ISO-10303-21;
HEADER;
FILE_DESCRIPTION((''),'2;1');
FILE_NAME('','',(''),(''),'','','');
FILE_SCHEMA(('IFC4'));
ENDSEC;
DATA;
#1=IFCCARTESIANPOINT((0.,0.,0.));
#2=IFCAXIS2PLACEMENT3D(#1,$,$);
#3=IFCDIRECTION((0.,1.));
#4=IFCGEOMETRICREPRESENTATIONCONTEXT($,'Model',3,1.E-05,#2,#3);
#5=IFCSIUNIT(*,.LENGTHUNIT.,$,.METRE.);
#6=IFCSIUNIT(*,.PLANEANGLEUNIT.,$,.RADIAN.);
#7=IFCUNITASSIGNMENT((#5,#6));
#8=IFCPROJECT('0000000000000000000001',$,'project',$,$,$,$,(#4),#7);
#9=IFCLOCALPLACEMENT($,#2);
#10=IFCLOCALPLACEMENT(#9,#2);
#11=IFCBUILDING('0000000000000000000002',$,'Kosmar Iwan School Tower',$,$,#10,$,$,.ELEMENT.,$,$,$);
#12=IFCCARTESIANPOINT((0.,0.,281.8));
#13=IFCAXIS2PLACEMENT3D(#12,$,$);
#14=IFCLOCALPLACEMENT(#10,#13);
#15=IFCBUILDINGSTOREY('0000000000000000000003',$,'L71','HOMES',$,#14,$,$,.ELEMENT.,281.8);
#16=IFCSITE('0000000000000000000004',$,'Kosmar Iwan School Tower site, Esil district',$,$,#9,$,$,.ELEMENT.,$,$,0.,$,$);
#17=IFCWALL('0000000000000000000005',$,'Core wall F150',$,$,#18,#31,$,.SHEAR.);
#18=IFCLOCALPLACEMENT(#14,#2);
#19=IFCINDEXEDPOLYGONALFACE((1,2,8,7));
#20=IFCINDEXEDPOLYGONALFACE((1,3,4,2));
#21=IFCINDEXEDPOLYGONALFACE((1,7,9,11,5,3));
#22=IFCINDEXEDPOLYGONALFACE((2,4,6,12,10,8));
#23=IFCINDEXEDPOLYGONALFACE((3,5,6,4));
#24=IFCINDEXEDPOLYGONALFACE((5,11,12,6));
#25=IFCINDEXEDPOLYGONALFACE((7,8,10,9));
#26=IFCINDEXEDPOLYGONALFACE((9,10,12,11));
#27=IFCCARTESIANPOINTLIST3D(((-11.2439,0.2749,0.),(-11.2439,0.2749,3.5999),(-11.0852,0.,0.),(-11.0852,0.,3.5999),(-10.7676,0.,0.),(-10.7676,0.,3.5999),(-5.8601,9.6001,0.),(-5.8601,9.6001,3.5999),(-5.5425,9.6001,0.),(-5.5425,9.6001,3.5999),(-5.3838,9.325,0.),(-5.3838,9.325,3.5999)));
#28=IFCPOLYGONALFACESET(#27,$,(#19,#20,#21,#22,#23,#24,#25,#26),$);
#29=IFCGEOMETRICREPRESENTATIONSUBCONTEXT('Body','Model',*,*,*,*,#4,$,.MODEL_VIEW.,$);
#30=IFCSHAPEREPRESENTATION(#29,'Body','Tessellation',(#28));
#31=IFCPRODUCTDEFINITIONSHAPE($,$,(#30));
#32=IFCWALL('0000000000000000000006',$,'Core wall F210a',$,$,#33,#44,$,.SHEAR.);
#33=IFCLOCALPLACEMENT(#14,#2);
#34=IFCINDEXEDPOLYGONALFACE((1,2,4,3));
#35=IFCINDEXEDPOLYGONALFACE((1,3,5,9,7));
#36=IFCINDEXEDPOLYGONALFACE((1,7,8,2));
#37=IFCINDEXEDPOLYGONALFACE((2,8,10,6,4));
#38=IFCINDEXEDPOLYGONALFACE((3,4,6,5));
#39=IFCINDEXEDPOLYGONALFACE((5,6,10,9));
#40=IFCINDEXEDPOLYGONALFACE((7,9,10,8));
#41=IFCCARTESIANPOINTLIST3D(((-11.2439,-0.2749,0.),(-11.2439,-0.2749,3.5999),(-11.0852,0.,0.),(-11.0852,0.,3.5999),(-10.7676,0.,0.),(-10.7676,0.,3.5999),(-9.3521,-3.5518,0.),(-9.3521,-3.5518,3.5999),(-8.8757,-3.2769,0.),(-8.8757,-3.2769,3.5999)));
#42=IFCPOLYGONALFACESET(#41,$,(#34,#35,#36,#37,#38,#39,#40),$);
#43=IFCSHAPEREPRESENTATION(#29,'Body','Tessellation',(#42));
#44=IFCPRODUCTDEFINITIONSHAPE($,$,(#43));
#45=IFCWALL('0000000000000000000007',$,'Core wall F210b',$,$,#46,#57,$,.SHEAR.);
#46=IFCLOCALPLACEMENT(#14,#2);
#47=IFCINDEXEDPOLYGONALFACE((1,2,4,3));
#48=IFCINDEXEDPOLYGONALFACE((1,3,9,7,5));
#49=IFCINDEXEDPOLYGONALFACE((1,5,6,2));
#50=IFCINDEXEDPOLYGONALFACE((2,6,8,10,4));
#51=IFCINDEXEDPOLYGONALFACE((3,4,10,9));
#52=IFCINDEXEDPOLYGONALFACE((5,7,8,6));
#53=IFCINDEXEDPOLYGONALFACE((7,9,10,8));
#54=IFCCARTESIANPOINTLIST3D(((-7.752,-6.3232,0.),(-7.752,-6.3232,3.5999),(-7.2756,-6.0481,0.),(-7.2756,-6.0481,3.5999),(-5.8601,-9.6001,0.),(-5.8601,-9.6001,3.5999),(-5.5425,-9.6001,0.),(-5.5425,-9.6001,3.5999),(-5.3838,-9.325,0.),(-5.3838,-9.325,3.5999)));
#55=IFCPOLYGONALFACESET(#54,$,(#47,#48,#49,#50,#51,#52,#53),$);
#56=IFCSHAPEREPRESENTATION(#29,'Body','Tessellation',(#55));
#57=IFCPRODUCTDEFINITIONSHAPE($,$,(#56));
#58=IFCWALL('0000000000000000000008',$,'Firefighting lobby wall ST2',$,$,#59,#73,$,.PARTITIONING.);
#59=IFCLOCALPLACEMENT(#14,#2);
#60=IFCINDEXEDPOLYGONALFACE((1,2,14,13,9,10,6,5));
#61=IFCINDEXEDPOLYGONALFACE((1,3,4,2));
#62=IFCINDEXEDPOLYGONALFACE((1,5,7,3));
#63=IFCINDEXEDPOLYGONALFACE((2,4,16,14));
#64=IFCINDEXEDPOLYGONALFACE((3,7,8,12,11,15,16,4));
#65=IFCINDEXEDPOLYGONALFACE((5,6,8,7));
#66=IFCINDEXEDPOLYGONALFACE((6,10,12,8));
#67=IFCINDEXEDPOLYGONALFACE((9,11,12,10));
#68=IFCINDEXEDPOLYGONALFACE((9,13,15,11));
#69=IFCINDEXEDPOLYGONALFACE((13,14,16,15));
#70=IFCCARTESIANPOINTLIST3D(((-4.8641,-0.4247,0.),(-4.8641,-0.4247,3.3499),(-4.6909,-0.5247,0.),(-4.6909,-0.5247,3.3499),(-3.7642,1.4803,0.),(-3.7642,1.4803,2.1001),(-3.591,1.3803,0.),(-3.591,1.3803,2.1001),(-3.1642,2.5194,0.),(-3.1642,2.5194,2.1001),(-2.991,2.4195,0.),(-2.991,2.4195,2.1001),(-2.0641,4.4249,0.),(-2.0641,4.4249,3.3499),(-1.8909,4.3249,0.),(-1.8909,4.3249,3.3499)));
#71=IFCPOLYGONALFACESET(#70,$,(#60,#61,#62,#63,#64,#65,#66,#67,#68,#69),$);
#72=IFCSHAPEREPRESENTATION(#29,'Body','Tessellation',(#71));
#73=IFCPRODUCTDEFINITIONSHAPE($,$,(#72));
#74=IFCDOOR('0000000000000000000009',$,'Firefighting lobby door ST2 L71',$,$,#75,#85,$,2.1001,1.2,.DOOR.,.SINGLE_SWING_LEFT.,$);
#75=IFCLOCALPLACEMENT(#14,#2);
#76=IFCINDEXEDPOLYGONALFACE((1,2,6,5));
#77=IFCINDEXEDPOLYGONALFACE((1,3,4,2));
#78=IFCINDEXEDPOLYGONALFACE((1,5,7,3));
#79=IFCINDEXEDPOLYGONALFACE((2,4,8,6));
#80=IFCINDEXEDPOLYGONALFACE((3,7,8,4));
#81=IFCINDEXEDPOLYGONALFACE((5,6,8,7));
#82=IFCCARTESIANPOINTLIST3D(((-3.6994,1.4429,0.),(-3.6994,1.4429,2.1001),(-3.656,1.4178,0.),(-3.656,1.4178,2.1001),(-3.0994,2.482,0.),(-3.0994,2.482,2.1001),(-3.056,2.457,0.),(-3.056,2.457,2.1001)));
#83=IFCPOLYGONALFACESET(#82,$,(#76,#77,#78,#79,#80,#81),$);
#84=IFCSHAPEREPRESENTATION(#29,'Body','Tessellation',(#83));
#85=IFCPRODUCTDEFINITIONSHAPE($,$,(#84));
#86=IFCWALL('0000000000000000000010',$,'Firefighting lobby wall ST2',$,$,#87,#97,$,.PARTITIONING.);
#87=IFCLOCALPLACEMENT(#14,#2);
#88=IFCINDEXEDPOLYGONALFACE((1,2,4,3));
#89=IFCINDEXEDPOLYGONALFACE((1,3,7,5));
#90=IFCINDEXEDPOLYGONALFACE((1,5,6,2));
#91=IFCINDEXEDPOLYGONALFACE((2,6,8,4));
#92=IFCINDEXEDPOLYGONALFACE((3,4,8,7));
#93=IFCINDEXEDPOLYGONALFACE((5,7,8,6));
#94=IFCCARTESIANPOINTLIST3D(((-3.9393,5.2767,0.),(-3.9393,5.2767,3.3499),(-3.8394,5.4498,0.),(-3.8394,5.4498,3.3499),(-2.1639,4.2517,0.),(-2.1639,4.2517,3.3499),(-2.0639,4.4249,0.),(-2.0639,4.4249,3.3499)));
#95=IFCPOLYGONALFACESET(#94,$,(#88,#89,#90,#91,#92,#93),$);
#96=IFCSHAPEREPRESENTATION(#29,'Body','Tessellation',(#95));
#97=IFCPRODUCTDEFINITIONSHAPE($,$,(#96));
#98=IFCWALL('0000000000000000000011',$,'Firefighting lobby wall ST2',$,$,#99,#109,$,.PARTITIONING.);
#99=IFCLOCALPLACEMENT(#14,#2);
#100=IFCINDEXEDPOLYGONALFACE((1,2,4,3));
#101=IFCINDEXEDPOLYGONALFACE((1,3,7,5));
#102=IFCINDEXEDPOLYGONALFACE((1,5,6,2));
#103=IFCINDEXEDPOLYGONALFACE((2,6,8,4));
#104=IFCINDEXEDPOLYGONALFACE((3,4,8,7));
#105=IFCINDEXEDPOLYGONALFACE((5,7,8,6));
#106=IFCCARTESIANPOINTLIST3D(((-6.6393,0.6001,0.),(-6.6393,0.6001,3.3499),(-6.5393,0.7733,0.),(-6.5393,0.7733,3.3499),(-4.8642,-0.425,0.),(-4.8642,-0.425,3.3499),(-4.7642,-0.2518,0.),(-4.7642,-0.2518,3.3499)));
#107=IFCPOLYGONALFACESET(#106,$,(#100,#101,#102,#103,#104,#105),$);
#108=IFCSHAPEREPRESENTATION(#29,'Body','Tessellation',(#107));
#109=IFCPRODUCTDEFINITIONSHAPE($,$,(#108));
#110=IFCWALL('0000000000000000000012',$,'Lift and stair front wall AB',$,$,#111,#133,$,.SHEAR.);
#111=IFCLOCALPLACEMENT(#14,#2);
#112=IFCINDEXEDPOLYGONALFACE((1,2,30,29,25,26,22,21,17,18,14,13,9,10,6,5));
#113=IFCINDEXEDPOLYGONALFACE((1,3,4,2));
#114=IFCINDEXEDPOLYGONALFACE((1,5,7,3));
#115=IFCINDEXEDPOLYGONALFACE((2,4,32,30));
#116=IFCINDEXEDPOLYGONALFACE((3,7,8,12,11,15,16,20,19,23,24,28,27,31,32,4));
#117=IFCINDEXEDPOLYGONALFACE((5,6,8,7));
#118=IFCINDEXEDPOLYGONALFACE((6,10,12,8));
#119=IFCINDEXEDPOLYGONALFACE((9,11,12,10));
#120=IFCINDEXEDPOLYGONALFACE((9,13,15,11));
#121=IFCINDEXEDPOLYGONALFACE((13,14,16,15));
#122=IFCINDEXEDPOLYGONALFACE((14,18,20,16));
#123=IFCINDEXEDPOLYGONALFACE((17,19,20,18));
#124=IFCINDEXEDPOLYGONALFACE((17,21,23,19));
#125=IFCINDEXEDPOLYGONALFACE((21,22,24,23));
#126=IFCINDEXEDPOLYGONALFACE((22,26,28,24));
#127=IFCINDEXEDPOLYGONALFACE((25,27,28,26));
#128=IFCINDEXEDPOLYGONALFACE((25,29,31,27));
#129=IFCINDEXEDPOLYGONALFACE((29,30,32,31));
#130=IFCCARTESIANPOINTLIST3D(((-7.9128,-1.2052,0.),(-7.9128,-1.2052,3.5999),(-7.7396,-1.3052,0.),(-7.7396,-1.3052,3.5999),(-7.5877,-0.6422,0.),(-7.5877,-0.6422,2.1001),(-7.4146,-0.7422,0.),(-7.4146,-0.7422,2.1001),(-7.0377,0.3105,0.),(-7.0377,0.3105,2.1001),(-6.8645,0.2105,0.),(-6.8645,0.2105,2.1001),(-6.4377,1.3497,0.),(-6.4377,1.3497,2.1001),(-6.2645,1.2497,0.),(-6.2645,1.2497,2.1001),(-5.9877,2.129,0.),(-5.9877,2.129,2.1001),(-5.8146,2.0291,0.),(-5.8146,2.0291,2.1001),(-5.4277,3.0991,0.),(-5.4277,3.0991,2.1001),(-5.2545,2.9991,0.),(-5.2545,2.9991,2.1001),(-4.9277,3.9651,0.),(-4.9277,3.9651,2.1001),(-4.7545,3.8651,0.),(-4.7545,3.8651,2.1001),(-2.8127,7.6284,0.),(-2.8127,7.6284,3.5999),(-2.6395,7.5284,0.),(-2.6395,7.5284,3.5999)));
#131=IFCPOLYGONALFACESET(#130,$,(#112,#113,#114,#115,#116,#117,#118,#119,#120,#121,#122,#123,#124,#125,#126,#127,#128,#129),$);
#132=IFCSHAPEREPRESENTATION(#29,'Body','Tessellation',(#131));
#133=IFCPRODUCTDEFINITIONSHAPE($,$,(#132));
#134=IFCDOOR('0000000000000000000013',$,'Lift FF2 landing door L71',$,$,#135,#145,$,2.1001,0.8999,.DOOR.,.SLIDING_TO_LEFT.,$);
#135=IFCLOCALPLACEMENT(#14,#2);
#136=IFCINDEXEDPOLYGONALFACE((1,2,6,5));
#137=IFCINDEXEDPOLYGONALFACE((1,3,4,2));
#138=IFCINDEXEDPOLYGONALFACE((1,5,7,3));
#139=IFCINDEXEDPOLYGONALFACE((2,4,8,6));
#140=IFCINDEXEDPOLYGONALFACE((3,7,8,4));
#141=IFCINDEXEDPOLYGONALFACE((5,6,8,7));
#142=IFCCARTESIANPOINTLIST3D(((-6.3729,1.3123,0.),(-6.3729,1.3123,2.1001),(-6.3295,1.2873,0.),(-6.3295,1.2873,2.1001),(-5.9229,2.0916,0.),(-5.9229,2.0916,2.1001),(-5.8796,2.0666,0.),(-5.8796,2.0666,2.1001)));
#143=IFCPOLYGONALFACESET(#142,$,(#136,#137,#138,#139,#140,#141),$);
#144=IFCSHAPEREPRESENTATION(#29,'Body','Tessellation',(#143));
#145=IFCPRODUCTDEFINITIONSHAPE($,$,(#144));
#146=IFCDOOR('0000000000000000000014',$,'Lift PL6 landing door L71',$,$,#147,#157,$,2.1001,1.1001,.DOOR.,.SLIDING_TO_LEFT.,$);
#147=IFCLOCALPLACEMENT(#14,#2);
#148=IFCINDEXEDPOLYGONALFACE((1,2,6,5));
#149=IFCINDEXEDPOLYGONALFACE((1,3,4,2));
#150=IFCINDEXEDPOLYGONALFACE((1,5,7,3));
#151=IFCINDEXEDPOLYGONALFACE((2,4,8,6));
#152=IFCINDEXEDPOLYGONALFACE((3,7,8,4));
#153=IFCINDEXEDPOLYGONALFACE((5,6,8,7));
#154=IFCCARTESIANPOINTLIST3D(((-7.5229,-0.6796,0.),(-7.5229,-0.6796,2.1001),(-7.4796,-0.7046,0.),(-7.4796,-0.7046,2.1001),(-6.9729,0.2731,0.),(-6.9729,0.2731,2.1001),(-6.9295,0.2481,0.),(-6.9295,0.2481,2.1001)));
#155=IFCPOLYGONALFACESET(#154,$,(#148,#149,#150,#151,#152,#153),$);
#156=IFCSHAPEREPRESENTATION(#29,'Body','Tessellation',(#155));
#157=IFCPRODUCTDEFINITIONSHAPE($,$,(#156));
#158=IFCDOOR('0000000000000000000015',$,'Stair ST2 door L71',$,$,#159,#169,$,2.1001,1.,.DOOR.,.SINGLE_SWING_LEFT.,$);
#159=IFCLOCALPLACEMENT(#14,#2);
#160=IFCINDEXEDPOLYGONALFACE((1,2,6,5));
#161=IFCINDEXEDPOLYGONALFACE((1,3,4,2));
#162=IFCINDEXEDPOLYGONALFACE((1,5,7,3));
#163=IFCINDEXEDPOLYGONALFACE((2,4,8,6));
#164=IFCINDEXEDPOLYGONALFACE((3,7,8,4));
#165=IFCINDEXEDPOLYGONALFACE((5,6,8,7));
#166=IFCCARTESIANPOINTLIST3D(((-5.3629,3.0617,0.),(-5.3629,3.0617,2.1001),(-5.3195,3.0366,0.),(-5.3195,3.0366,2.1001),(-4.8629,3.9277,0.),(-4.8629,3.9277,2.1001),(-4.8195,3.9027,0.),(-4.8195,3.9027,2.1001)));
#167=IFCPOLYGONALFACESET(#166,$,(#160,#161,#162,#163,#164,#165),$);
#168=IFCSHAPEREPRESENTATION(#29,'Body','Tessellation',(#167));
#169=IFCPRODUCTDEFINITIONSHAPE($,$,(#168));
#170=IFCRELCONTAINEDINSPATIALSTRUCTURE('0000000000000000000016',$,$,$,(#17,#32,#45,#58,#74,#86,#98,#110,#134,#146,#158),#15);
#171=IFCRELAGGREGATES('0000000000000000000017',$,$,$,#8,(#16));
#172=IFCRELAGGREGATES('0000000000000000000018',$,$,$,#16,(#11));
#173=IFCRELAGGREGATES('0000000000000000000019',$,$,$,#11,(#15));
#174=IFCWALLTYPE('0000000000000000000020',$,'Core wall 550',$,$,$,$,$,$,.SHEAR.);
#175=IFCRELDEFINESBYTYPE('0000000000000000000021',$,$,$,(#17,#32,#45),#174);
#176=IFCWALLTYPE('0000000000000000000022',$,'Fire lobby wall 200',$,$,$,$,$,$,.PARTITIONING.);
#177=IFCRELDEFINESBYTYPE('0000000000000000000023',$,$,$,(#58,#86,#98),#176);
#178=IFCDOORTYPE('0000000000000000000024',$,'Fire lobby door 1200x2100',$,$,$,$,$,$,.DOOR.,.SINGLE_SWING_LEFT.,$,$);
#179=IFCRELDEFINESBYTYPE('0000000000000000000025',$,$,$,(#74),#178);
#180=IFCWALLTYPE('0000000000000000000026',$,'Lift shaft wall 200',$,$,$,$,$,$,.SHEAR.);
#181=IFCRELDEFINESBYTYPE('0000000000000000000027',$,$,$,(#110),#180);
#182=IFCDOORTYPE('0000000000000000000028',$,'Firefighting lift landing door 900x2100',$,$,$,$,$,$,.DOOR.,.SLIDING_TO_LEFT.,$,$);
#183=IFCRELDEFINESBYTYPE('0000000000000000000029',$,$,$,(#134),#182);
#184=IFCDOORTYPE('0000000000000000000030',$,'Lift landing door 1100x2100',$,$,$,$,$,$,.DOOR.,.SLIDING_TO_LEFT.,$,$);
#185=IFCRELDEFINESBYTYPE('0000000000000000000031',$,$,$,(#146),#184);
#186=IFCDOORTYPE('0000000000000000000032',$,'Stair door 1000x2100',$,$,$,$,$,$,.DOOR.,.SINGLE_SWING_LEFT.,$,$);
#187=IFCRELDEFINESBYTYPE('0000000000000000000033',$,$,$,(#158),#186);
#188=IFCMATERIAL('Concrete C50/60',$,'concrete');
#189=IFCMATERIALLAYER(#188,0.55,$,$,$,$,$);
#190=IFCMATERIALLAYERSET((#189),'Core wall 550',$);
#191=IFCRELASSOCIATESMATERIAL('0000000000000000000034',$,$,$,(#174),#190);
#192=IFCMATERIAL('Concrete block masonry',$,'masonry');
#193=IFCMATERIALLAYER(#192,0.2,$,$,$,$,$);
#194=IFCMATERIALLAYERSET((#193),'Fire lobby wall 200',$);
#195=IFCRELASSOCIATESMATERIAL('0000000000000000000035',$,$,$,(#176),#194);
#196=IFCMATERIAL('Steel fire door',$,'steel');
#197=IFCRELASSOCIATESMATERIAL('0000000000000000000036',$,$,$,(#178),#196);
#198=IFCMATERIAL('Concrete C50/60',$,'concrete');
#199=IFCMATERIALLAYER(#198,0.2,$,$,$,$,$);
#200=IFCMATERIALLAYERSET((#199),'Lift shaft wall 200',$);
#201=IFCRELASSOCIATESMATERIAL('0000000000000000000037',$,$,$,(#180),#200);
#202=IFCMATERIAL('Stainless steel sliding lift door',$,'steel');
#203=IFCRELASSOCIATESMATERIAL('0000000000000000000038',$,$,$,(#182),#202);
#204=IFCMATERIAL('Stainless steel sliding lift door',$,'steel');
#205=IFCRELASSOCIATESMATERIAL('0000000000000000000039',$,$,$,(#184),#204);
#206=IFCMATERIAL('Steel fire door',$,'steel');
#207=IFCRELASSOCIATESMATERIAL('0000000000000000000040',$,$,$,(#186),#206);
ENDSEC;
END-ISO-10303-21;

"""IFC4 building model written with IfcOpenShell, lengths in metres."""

from ifc_helpers import new_model, si_unit, direction, frame, frame_2d, origin, place, context, subcontext, project, spatial, polyline, rectangle, outline, extrude, material, layer, layer_set, type_object, element, fill, save


model = new_model("IFC4")

# Units and contexts
model_context = context("Model", 3, precision=1e-05, world=origin(), true_north=direction((0.0, 1.0)))
body_context = subcontext(model_context, "Body", "Model", "MODEL_VIEW")
ifc_project = project(units=[si_unit("LENGTHUNIT", "METRE"), si_unit("PLANEANGLEUNIT", "RADIAN")], contexts=[model_context])

# Site, building, storey
site_placement = place(None, origin())
site = spatial("IfcSite", under=ifc_project, at=site_placement, Name="Kosmar Iwan School Tower site, Esil district", CompositionType="ELEMENT", RefElevation=0.0)
building_placement = place(site_placement, origin())
building = spatial("IfcBuilding", under=site, at=building_placement, Name="Kosmar Iwan School Tower", CompositionType="ELEMENT")
storey_placement = place(building_placement, frame((0.0, 0.0, 281.8)))
storey = spatial("IfcBuildingStorey", under=building, at=storey_placement, Name="L71", Description="HOMES", CompositionType="ELEMENT", Elevation=281.8)

# Walls
ifc_material_1 = material(Name="Concrete C50/60", Category="concrete")
ifc_layer_1 = layer(ifc_material_1, 0.55)
ifc_layer_set_1 = layer_set([ifc_layer_1], Name="Core wall 550")
wall_type_1 = type_object("IfcWallType", Name="Core wall 550", PredefinedType="SHEAR", material=ifc_layer_set_1)
wall_1_placement = place(storey_placement, origin())
element("IfcWall", 1, at=wall_1_placement, inside=storey, type_object=wall_type_1, Name="Core wall F150", PredefinedType="SHEAR", context=body_context, shape_type="SweptSolid", body=[
    extrude(outline(polyline([(-11.0852, 0.0), (-10.7676, 0.0), (-5.3838, 9.325), (-5.5425, 9.6001), (-5.8601, 9.6001), (-11.2439, 0.2749), (-11.0852, 0.0)])), origin(), (0.0, 0.0, 1.0), 3.5999),
])
wall_2_placement = place(storey_placement, origin())
element("IfcWall", 2, at=wall_2_placement, inside=storey, type_object=wall_type_1, Name="Core wall F210a", PredefinedType="SHEAR", context=body_context, shape_type="SweptSolid", body=[
    extrude(outline(polyline([(-9.3521, -3.5518), (-8.8757, -3.2769), (-10.7676, 0.0), (-11.0852, 0.0), (-11.2439, -0.2749), (-9.3521, -3.5518)])), origin(), (0.0, 0.0, 1.0), 3.5999),
])
wall_3_placement = place(storey_placement, origin())
element("IfcWall", 3, at=wall_3_placement, inside=storey, type_object=wall_type_1, Name="Core wall F210b", PredefinedType="SHEAR", context=body_context, shape_type="SweptSolid", body=[
    extrude(outline(polyline([(-5.8601, -9.6001), (-5.5425, -9.6001), (-5.3838, -9.325), (-7.2756, -6.0481), (-7.752, -6.3232), (-5.8601, -9.6001)])), origin(), (0.0, 0.0, 1.0), 3.5999),
])

# Wall, opening, door
ifc_material_2 = material(Name="Concrete block masonry", Category="masonry")
ifc_layer_2 = layer(ifc_material_2, 0.2)
ifc_layer_set_2 = layer_set([ifc_layer_2], Name="Fire lobby wall 200")
wall_type_2 = type_object("IfcWallType", Name="Fire lobby wall 200", PredefinedType="PARTITIONING", material=ifc_layer_set_2)
wall_4_placement = place(storey_placement, frame((-1.9775, 4.3748, 0.0), z_axis=(0.0, 0.0, 1.0), x_axis=(-0.500017, -0.866016, 0.0)))
wall_4 = element("IfcWall", 4, at=wall_4_placement, inside=storey, type_object=wall_type_2, Name="Firefighting lobby wall ST2", PredefinedType="PARTITIONING", context=body_context, shape_type="SweptSolid", body=[
    extrude(rectangle(XDim=5.5999, YDim=0.2, at=frame_2d((2.7998, 0.0))), origin(), (0.0, 0.0, 1.0), 3.3499),
])
opening_1_placement = place(wall_4_placement, frame((2.2, 0.0, 0.0)))
opening_1 = element("IfcOpeningElement", 5, at=opening_1_placement, cuts=wall_4, PredefinedType="OPENING", context=body_context, shape_type="SweptSolid", body=[
    extrude(rectangle(XDim=1.2, YDim=2.1001, at=frame_2d((0.6001, 1.05))), frame((0.0, 0.1121, 0.0), z_axis=(0.0, -1.0, 0.0), x_axis=(1.0, 0.0, 0.0)), (0.0, 0.0, 1.0), 0.2239),
])
ifc_material_3 = material(Name="Steel fire door", Category="steel")
door_type_1 = type_object("IfcDoorType", Name="Fire lobby door 1200x2100", OperationType="SINGLE_SWING_LEFT", PredefinedType="DOOR", material=ifc_material_3)
door_1_placement = place(opening_1_placement, origin())
door_1 = element("IfcDoor", 6, at=door_1_placement, inside=storey, type_object=door_type_1, Name="Firefighting lobby door ST2 L71", OperationType="SINGLE_SWING_LEFT", OverallHeight=2.1001, OverallWidth=1.2, PredefinedType="DOOR", context=body_context, shape_type="SweptSolid", body=[
    extrude(rectangle(XDim=1.2, YDim=2.1001, at=frame_2d((0.6001, 1.05))), frame((0.0, 0.0249, 0.0), z_axis=(0.0, -1.0, 0.0), x_axis=(1.0, 0.0, 0.0)), (0.0, 0.0, 1.0), 0.05),
])
fill(opening_1, door_1)

# Walls
wall_5_placement = place(storey_placement, frame((-2.114, 4.3384, 0.0), z_axis=(0.0, 0.0, 1.0), x_axis=(-0.866051, 0.499956, 0.0)))
element("IfcWall", 7, at=wall_5_placement, inside=storey, type_object=wall_type_2, Name="Firefighting lobby wall ST2", PredefinedType="PARTITIONING", context=body_context, shape_type="SweptSolid", body=[
    extrude(rectangle(XDim=2.05, YDim=0.2, at=frame_2d((1.0249, 0.0))), origin(), (0.0, 0.0, 1.0), 3.3499),
])
wall_6_placement = place(storey_placement, frame((-4.8142, -0.3384, 0.0), z_axis=(0.0, 0.0, 1.0), x_axis=(-0.865969, 0.500097, 0.0)))
element("IfcWall", 8, at=wall_6_placement, inside=storey, type_object=wall_type_2, Name="Firefighting lobby wall ST2", PredefinedType="PARTITIONING", context=body_context, shape_type="SweptSolid", body=[
    extrude(rectangle(XDim=2.0498, YDim=0.2, at=frame_2d((1.0249, 0.0))), origin(), (0.0, 0.0, 1.0), 3.3499),
])

# Wall, openings, doors
ifc_material_4 = material(Name="Concrete C50/60", Category="concrete")
ifc_layer_3 = layer(ifc_material_4, 0.2)
ifc_layer_set_3 = layer_set([ifc_layer_3], Name="Lift shaft wall 200")
wall_type_3 = type_object("IfcWallType", Name="Lift shaft wall 200", PredefinedType="SHEAR", material=ifc_layer_set_3)
wall_7_placement = place(storey_placement, frame((-2.7261, 7.5784, 0.0), z_axis=(0.0, 0.0, 1.0), x_axis=(-0.500006, -0.866022, 0.0)))
wall_7 = element("IfcWall", 9, at=wall_7_placement, inside=storey, type_object=wall_type_3, Name="Lift and stair front wall AB", PredefinedType="SHEAR", context=body_context, shape_type="SweptSolid", body=[
    extrude(rectangle(XDim=10.2002, YDim=0.2, at=frame_2d((5.1001, 0.0))), origin(), (0.0, 0.0, 1.0), 3.5999),
])
opening_2_placement = place(wall_7_placement, frame((6.3501, 0.0, 0.0)))
opening_2 = element("IfcOpeningElement", 10, at=opening_2_placement, cuts=wall_7, PredefinedType="OPENING", context=body_context, shape_type="SweptSolid", body=[
    extrude(rectangle(XDim=0.8999, YDim=2.1001, at=frame_2d((0.45, 1.05))), frame((0.0, 0.1121, 0.0), z_axis=(0.0, -1.0, 0.0), x_axis=(1.0, 0.0, 0.0)), (0.0, 0.0, 1.0), 0.2239),
])
opening_3_placement = place(wall_7_placement, frame((8.45, 0.0, 0.0)))
opening_3 = element("IfcOpeningElement", 11, at=opening_3_placement, cuts=wall_7, PredefinedType="OPENING", context=body_context, shape_type="SweptSolid", body=[
    extrude(rectangle(XDim=1.1001, YDim=2.1001, at=frame_2d((0.55, 1.05))), frame((0.0, 0.1121, 0.0), z_axis=(0.0, -1.0, 0.0), x_axis=(1.0, 0.0, 0.0)), (0.0, 0.0, 1.0), 0.2239),
])
opening_4_placement = place(wall_7_placement, frame((4.23, 0.0, 0.0)))
opening_4 = element("IfcOpeningElement", 12, at=opening_4_placement, cuts=wall_7, PredefinedType="OPENING", context=body_context, shape_type="SweptSolid", body=[
    extrude(rectangle(XDim=1.0, YDim=2.1001, at=frame_2d((0.5, 1.05))), frame((0.0, 0.1121, 0.0), z_axis=(0.0, -1.0, 0.0), x_axis=(1.0, 0.0, 0.0)), (0.0, 0.0, 1.0), 0.2239),
])
ifc_material_5 = material(Name="Stainless steel sliding lift door", Category="steel")
door_type_2 = type_object("IfcDoorType", Name="Firefighting lift landing door 900x2100", OperationType="SLIDING_TO_LEFT", PredefinedType="DOOR", material=ifc_material_5)
door_2_placement = place(opening_2_placement, origin())
door_2 = element("IfcDoor", 13, at=door_2_placement, inside=storey, type_object=door_type_2, Name="Lift FF2 landing door L71", OperationType="SLIDING_TO_LEFT", OverallHeight=2.1001, OverallWidth=0.8999, PredefinedType="DOOR", context=body_context, shape_type="SweptSolid", body=[
    extrude(rectangle(XDim=0.8999, YDim=2.1001, at=frame_2d((0.45, 1.05))), frame((0.0, 0.0249, 0.0), z_axis=(0.0, -1.0, 0.0), x_axis=(1.0, 0.0, 0.0)), (0.0, 0.0, 1.0), 0.05),
])
fill(opening_2, door_2)
ifc_material_6 = material(Name="Stainless steel sliding lift door", Category="steel")
door_type_3 = type_object("IfcDoorType", Name="Lift landing door 1100x2100", OperationType="SLIDING_TO_LEFT", PredefinedType="DOOR", material=ifc_material_6)
door_3_placement = place(opening_3_placement, origin())
door_3 = element("IfcDoor", 14, at=door_3_placement, inside=storey, type_object=door_type_3, Name="Lift PL6 landing door L71", OperationType="SLIDING_TO_LEFT", OverallHeight=2.1001, OverallWidth=1.1001, PredefinedType="DOOR", context=body_context, shape_type="SweptSolid", body=[
    extrude(rectangle(XDim=1.1001, YDim=2.1001, at=frame_2d((0.55, 1.05))), frame((0.0, 0.0249, 0.0), z_axis=(0.0, -1.0, 0.0), x_axis=(1.0, 0.0, 0.0)), (0.0, 0.0, 1.0), 0.05),
])
fill(opening_3, door_3)
ifc_material_7 = material(Name="Steel fire door", Category="steel")
door_type_4 = type_object("IfcDoorType", Name="Stair door 1000x2100", OperationType="SINGLE_SWING_LEFT", PredefinedType="DOOR", material=ifc_material_7)
door_4_placement = place(opening_4_placement, origin())
door_4 = element("IfcDoor", 15, at=door_4_placement, inside=storey, type_object=door_type_4, Name="Stair ST2 door L71", OperationType="SINGLE_SWING_LEFT", OverallHeight=2.1001, OverallWidth=1.0, PredefinedType="DOOR", context=body_context, shape_type="SweptSolid", body=[
    extrude(rectangle(XDim=1.0, YDim=2.1001, at=frame_2d((0.5, 1.05))), frame((0.0, 0.0249, 0.0), z_axis=(0.0, -1.0, 0.0), x_axis=(1.0, 0.0, 0.0)), (0.0, 0.0, 1.0), 0.05),
])
fill(opening_4, door_4)

save(model, "model.ifc")
